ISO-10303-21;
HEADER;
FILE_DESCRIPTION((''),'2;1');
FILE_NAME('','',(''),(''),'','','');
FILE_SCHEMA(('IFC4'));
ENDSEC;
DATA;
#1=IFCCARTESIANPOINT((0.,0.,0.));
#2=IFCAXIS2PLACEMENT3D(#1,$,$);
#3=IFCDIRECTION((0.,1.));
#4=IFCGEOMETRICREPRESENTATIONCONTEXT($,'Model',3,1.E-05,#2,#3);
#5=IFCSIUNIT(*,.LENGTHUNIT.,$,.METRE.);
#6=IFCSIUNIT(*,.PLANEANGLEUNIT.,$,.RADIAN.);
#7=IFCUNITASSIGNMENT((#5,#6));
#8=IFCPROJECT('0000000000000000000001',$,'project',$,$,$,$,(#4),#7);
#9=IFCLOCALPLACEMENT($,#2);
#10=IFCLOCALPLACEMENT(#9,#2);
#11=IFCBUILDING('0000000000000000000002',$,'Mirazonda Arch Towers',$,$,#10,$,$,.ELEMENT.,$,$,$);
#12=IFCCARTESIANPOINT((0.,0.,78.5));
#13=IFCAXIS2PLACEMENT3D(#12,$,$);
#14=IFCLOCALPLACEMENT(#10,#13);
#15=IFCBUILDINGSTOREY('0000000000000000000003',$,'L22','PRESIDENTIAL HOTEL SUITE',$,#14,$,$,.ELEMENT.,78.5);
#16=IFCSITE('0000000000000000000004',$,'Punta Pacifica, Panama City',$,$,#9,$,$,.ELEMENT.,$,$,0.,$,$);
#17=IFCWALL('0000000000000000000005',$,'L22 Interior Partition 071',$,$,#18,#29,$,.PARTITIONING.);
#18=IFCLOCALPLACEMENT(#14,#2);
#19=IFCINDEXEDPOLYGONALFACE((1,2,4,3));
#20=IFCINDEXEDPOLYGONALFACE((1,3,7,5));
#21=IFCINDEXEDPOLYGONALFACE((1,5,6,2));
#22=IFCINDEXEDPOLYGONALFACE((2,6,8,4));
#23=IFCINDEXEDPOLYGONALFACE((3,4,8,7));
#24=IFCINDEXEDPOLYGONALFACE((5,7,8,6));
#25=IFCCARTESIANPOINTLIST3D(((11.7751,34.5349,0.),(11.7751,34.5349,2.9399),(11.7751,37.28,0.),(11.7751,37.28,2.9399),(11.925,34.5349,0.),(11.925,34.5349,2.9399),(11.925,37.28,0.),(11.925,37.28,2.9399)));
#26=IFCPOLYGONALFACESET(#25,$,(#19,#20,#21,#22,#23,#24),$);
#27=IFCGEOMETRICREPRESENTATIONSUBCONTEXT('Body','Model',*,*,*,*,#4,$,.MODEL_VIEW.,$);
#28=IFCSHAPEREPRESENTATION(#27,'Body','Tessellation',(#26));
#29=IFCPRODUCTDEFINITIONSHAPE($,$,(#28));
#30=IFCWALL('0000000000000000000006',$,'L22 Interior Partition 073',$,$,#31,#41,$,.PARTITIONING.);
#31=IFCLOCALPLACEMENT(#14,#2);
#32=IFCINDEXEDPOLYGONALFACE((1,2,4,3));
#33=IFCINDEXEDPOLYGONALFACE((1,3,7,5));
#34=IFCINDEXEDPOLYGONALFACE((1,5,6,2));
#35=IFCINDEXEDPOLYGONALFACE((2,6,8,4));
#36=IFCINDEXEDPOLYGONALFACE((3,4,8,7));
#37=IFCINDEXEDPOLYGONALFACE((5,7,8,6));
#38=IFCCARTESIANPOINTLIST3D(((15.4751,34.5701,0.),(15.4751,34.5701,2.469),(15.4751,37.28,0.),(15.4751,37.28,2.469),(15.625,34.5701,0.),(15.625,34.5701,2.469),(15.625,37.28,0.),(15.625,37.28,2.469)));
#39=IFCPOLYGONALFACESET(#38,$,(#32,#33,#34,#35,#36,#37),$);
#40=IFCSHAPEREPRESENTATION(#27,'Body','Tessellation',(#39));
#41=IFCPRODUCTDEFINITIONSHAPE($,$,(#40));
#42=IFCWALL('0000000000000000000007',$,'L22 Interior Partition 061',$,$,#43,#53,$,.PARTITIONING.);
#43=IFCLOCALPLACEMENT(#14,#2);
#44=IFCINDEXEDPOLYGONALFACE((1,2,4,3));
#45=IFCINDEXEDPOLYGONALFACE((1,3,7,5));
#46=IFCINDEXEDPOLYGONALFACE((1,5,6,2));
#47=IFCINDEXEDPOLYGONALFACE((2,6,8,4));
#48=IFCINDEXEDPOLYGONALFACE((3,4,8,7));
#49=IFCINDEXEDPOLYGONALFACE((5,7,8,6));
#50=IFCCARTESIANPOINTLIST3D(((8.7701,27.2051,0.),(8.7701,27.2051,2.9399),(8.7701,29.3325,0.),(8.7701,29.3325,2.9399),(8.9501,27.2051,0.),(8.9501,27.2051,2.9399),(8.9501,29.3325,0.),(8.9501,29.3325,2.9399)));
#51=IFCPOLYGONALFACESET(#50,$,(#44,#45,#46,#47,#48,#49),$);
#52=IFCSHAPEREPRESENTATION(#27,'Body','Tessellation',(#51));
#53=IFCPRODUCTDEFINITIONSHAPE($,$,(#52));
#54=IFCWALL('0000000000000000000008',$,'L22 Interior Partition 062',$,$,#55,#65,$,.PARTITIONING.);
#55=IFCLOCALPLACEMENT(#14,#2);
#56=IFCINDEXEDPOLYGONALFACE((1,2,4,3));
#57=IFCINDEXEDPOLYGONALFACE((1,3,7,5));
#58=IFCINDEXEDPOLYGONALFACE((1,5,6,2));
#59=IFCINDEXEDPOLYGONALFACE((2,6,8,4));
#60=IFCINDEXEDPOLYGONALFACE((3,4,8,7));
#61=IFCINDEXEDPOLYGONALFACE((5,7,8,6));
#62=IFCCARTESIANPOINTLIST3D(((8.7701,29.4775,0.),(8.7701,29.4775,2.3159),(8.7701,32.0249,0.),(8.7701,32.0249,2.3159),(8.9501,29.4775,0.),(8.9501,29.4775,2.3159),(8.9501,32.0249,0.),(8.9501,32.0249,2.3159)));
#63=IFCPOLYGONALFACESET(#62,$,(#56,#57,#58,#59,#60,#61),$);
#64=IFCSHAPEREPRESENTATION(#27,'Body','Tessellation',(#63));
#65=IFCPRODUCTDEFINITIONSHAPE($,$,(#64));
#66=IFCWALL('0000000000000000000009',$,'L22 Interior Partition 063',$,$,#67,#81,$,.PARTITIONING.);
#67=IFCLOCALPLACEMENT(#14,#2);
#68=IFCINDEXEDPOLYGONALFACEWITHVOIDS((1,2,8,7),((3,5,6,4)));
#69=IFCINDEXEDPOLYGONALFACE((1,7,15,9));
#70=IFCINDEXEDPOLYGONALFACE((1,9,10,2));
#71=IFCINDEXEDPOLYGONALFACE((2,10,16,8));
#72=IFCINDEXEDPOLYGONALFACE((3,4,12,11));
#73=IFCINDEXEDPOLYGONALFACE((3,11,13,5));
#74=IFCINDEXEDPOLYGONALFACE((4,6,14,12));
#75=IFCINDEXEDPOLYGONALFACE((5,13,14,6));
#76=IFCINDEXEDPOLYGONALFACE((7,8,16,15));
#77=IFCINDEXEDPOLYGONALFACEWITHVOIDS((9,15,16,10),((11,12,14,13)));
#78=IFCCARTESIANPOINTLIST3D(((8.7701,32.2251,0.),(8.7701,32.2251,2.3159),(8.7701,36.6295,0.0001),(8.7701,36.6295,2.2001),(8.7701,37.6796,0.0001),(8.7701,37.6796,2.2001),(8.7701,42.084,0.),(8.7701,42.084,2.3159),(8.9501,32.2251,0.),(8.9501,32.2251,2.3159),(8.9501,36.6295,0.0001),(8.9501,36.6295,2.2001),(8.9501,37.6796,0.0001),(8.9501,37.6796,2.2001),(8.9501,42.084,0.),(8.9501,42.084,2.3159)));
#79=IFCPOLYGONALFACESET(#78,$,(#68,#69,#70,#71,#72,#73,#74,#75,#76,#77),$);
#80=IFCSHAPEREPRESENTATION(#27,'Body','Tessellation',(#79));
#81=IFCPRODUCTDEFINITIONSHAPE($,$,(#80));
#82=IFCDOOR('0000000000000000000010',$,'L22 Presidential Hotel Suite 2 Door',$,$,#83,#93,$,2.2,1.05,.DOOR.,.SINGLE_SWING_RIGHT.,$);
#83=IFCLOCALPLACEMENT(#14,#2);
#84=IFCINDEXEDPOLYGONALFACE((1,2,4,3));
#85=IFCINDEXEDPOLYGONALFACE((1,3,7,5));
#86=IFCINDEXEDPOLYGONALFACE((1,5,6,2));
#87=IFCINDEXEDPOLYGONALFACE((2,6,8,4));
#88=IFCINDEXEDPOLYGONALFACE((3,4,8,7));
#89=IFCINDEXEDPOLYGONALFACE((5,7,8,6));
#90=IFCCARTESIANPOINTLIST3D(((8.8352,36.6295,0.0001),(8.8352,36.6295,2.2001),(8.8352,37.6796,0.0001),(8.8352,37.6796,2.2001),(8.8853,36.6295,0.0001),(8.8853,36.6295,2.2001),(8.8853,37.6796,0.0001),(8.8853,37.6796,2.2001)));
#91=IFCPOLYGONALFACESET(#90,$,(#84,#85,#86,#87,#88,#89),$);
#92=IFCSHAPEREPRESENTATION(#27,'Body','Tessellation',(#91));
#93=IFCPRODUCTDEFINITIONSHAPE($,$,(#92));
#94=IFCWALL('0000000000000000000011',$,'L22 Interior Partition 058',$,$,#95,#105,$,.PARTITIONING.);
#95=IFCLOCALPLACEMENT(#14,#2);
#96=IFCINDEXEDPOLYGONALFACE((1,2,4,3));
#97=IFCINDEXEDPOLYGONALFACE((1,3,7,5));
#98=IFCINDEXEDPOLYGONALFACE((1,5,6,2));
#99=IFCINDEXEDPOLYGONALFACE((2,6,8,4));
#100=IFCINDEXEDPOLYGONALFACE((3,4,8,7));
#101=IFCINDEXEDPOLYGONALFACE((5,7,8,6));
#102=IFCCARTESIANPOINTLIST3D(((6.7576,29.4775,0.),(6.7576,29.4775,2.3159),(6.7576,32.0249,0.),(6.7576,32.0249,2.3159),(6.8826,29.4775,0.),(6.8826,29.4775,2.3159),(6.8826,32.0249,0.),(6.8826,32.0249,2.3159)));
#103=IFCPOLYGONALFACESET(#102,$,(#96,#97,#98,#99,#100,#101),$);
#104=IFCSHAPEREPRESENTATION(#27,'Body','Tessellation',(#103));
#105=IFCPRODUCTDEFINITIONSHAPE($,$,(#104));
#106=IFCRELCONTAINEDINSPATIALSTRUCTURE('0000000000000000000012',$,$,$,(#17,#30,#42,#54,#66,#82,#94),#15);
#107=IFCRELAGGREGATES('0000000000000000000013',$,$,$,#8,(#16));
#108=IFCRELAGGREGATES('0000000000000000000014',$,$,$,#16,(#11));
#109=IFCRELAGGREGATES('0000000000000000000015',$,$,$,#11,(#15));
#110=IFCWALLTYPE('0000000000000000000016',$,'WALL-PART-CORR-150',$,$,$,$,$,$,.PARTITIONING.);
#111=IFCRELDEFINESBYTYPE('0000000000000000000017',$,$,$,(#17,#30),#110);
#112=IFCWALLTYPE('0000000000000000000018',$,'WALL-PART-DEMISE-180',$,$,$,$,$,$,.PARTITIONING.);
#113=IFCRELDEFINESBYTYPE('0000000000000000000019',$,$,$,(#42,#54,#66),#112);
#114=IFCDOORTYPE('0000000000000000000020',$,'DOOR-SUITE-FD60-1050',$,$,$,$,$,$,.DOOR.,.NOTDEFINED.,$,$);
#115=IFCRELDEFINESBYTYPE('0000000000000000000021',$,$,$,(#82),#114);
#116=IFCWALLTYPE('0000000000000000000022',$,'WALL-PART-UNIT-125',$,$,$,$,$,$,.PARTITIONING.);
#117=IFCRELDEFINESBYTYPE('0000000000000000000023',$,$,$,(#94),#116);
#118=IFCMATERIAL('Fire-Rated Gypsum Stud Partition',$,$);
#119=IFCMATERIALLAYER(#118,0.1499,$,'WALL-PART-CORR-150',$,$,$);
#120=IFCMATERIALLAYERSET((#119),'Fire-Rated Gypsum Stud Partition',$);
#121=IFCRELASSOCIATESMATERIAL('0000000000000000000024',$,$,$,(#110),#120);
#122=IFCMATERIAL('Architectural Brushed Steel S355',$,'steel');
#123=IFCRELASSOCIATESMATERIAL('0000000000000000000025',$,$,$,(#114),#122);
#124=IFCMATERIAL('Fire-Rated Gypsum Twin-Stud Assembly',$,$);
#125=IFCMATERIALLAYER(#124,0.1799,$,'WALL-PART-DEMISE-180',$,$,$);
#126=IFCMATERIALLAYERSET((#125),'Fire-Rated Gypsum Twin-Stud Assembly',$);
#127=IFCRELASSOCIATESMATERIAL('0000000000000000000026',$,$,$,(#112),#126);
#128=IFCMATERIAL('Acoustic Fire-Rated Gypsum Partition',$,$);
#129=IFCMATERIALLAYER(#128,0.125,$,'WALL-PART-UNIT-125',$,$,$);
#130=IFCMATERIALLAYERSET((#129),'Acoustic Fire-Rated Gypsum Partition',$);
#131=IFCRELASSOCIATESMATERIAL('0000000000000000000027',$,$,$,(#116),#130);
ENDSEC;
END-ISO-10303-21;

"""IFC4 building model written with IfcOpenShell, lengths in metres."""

from ifc_helpers import new_model, si_unit, direction, frame, frame_2d, origin, place, context, subcontext, project, spatial, rectangle, extrude, material, layer, layer_set, type_object, element, fill, save


model = new_model("IFC4")

# Units and contexts
model_context = context("Model", 3, precision=1e-05, world=origin(), true_north=direction((0.0, 1.0)))
body_context = subcontext(model_context, "Body", "Model", "MODEL_VIEW")
ifc_project = project(units=[si_unit("LENGTHUNIT", "METRE"), si_unit("PLANEANGLEUNIT", "RADIAN")], contexts=[model_context])

# Site, building, storey
site_placement = place(None, origin())
site = spatial("IfcSite", under=ifc_project, at=site_placement, Name="Punta Pacifica, Panama City", CompositionType="ELEMENT", RefElevation=0.0)
building_placement = place(site_placement, origin())
building = spatial("IfcBuilding", under=site, at=building_placement, Name="Mirazonda Arch Towers", CompositionType="ELEMENT")
storey_placement = place(building_placement, frame((0.0, 0.0, 78.5)))
storey = spatial("IfcBuildingStorey", under=building, at=storey_placement, Name="L22", Description="PRESIDENTIAL HOTEL SUITE", CompositionType="ELEMENT", Elevation=78.5)

# Shared definitions
ifc_material_1 = material(Name="Architectural Brushed Steel S355", Category="steel")
ifc_material_2 = material(Name="Fire-Rated Gypsum Stud Partition")
ifc_layer_1 = layer(ifc_material_2, 0.1499, Name="WALL-PART-CORR-150")
ifc_layer_set_1 = layer_set([ifc_layer_1], Name="Fire-Rated Gypsum Stud Partition")
wall_type_1 = type_object("IfcWallType", Name="WALL-PART-CORR-150", PredefinedType="PARTITIONING", material=ifc_layer_set_1)
door_type_1 = type_object("IfcDoorType", Name="DOOR-SUITE-FD60-1050", OperationType="NOTDEFINED", PredefinedType="DOOR", material=ifc_material_1)

# Walls
wall_1_placement = place(storey_placement, frame((11.8501, 34.5349, 0.0), z_axis=(0.0, 0.0, 1.0), x_axis=(0.0, 1.0, 0.0)))
element("IfcWall", 1, at=wall_1_placement, inside=storey, type_object=wall_type_1, Name="L22 Interior Partition 071", PredefinedType="PARTITIONING", context=body_context, shape_type="SweptSolid", body=[
    extrude(rectangle(XDim=2.7451, YDim=0.1499, at=frame_2d((1.3726, 0.0))), origin(), (0.0, 0.0, 1.0), 2.9399),
])
wall_2_placement = place(storey_placement, frame((15.55, 34.5701, 0.0), z_axis=(0.0, 0.0, 1.0), x_axis=(0.0, 1.0, 0.0)))
element("IfcWall", 2, at=wall_2_placement, inside=storey, type_object=wall_type_1, Name="L22 Interior Partition 073", PredefinedType="PARTITIONING", context=body_context, shape_type="SweptSolid", body=[
    extrude(rectangle(XDim=2.71, YDim=0.1499, at=frame_2d((1.355, 0.0))), origin(), (0.0, 0.0, 1.0), 2.469),
])
ifc_material_3 = material(Name="Fire-Rated Gypsum Twin-Stud Assembly")
ifc_layer_2 = layer(ifc_material_3, 0.1799, Name="WALL-PART-DEMISE-180")
ifc_layer_set_2 = layer_set([ifc_layer_2], Name="Fire-Rated Gypsum Twin-Stud Assembly")
wall_type_2 = type_object("IfcWallType", Name="WALL-PART-DEMISE-180", PredefinedType="PARTITIONING", material=ifc_layer_set_2)
wall_3_placement = place(storey_placement, frame((8.8601, 27.2051, 0.0), z_axis=(0.0, 0.0, 1.0), x_axis=(0.0, 1.0, 0.0)))
element("IfcWall", 3, at=wall_3_placement, inside=storey, type_object=wall_type_2, Name="L22 Interior Partition 061", PredefinedType="PARTITIONING", context=body_context, shape_type="SweptSolid", body=[
    extrude(rectangle(XDim=2.1274, YDim=0.1799, at=frame_2d((1.0637, 0.0))), origin(), (0.0, 0.0, 1.0), 2.9399),
])
wall_4_placement = place(storey_placement, frame((8.8601, 29.4775, 0.0), z_axis=(0.0, 0.0, 1.0), x_axis=(0.0, 1.0, 0.0)))
element("IfcWall", 4, at=wall_4_placement, inside=storey, type_object=wall_type_2, Name="L22 Interior Partition 062", PredefinedType="PARTITIONING", context=body_context, shape_type="SweptSolid", body=[
    extrude(rectangle(XDim=2.5474, YDim=0.1799, at=frame_2d((1.2737, 0.0))), origin(), (0.0, 0.0, 1.0), 2.3159),
])

# Wall, opening, door
wall_5_placement = place(storey_placement, frame((8.8601, 32.2251, 0.0), z_axis=(0.0, 0.0, 1.0), x_axis=(0.0, 1.0, 0.0)))
wall_5 = element("IfcWall", 5, at=wall_5_placement, inside=storey, type_object=wall_type_2, Name="L22 Interior Partition 063", PredefinedType="PARTITIONING", context=body_context, shape_type="SweptSolid", body=[
    extrude(rectangle(XDim=9.8589, YDim=0.1799, at=frame_2d((4.9294, 0.0))), origin(), (0.0, 0.0, 1.0), 2.3159),
])
opening_1_placement = place(wall_5_placement, frame((4.4045, 0.0, 0.0)))
opening_1 = element("IfcOpeningElement", 6, at=opening_1_placement, cuts=wall_5, PredefinedType="OPENING", context=body_context, shape_type="SweptSolid", body=[
    extrude(rectangle(XDim=1.05, YDim=2.2, at=frame_2d((0.5249, 1.1001))), frame((0.0, 0.0999, 0.0), z_axis=(0.0, -1.0, 0.0), x_axis=(1.0, 0.0, 0.0)), (0.0, 0.0, 1.0), 0.2),
])
door_1_placement = place(opening_1_placement, origin())
door_1 = element("IfcDoor", 7, at=door_1_placement, inside=storey, type_object=door_type_1, Name="L22 Presidential Hotel Suite 2 Door", OperationType="SINGLE_SWING_RIGHT", OverallHeight=2.2, OverallWidth=1.05, PredefinedType="DOOR", context=body_context, shape_type="SweptSolid", body=[
    extrude(rectangle(XDim=1.05, YDim=2.2, at=frame_2d((0.5249, 1.1001))), frame((0.0, 0.0249, 0.0), z_axis=(0.0, -1.0, 0.0), x_axis=(1.0, 0.0, 0.0)), (0.0, 0.0, 1.0), 0.05),
])
fill(opening_1, door_1)

# Wall
ifc_material_4 = material(Name="Acoustic Fire-Rated Gypsum Partition")
ifc_layer_3 = layer(ifc_material_4, 0.125, Name="WALL-PART-UNIT-125")
ifc_layer_set_3 = layer_set([ifc_layer_3], Name="Acoustic Fire-Rated Gypsum Partition")
wall_type_3 = type_object("IfcWallType", Name="WALL-PART-UNIT-125", PredefinedType="PARTITIONING", material=ifc_layer_set_3)
wall_6_placement = place(storey_placement, frame((6.8201, 29.4775, 0.0), z_axis=(0.0, 0.0, 1.0), x_axis=(0.0, 1.0, 0.0)))
element("IfcWall", 8, at=wall_6_placement, inside=storey, type_object=wall_type_3, Name="L22 Interior Partition 058", PredefinedType="PARTITIONING", context=body_context, shape_type="SweptSolid", body=[
    extrude(rectangle(XDim=2.5474, YDim=0.125, at=frame_2d((1.2737, 0.0))), origin(), (0.0, 0.0, 1.0), 2.3159),
])

save(model, "model.ifc")
